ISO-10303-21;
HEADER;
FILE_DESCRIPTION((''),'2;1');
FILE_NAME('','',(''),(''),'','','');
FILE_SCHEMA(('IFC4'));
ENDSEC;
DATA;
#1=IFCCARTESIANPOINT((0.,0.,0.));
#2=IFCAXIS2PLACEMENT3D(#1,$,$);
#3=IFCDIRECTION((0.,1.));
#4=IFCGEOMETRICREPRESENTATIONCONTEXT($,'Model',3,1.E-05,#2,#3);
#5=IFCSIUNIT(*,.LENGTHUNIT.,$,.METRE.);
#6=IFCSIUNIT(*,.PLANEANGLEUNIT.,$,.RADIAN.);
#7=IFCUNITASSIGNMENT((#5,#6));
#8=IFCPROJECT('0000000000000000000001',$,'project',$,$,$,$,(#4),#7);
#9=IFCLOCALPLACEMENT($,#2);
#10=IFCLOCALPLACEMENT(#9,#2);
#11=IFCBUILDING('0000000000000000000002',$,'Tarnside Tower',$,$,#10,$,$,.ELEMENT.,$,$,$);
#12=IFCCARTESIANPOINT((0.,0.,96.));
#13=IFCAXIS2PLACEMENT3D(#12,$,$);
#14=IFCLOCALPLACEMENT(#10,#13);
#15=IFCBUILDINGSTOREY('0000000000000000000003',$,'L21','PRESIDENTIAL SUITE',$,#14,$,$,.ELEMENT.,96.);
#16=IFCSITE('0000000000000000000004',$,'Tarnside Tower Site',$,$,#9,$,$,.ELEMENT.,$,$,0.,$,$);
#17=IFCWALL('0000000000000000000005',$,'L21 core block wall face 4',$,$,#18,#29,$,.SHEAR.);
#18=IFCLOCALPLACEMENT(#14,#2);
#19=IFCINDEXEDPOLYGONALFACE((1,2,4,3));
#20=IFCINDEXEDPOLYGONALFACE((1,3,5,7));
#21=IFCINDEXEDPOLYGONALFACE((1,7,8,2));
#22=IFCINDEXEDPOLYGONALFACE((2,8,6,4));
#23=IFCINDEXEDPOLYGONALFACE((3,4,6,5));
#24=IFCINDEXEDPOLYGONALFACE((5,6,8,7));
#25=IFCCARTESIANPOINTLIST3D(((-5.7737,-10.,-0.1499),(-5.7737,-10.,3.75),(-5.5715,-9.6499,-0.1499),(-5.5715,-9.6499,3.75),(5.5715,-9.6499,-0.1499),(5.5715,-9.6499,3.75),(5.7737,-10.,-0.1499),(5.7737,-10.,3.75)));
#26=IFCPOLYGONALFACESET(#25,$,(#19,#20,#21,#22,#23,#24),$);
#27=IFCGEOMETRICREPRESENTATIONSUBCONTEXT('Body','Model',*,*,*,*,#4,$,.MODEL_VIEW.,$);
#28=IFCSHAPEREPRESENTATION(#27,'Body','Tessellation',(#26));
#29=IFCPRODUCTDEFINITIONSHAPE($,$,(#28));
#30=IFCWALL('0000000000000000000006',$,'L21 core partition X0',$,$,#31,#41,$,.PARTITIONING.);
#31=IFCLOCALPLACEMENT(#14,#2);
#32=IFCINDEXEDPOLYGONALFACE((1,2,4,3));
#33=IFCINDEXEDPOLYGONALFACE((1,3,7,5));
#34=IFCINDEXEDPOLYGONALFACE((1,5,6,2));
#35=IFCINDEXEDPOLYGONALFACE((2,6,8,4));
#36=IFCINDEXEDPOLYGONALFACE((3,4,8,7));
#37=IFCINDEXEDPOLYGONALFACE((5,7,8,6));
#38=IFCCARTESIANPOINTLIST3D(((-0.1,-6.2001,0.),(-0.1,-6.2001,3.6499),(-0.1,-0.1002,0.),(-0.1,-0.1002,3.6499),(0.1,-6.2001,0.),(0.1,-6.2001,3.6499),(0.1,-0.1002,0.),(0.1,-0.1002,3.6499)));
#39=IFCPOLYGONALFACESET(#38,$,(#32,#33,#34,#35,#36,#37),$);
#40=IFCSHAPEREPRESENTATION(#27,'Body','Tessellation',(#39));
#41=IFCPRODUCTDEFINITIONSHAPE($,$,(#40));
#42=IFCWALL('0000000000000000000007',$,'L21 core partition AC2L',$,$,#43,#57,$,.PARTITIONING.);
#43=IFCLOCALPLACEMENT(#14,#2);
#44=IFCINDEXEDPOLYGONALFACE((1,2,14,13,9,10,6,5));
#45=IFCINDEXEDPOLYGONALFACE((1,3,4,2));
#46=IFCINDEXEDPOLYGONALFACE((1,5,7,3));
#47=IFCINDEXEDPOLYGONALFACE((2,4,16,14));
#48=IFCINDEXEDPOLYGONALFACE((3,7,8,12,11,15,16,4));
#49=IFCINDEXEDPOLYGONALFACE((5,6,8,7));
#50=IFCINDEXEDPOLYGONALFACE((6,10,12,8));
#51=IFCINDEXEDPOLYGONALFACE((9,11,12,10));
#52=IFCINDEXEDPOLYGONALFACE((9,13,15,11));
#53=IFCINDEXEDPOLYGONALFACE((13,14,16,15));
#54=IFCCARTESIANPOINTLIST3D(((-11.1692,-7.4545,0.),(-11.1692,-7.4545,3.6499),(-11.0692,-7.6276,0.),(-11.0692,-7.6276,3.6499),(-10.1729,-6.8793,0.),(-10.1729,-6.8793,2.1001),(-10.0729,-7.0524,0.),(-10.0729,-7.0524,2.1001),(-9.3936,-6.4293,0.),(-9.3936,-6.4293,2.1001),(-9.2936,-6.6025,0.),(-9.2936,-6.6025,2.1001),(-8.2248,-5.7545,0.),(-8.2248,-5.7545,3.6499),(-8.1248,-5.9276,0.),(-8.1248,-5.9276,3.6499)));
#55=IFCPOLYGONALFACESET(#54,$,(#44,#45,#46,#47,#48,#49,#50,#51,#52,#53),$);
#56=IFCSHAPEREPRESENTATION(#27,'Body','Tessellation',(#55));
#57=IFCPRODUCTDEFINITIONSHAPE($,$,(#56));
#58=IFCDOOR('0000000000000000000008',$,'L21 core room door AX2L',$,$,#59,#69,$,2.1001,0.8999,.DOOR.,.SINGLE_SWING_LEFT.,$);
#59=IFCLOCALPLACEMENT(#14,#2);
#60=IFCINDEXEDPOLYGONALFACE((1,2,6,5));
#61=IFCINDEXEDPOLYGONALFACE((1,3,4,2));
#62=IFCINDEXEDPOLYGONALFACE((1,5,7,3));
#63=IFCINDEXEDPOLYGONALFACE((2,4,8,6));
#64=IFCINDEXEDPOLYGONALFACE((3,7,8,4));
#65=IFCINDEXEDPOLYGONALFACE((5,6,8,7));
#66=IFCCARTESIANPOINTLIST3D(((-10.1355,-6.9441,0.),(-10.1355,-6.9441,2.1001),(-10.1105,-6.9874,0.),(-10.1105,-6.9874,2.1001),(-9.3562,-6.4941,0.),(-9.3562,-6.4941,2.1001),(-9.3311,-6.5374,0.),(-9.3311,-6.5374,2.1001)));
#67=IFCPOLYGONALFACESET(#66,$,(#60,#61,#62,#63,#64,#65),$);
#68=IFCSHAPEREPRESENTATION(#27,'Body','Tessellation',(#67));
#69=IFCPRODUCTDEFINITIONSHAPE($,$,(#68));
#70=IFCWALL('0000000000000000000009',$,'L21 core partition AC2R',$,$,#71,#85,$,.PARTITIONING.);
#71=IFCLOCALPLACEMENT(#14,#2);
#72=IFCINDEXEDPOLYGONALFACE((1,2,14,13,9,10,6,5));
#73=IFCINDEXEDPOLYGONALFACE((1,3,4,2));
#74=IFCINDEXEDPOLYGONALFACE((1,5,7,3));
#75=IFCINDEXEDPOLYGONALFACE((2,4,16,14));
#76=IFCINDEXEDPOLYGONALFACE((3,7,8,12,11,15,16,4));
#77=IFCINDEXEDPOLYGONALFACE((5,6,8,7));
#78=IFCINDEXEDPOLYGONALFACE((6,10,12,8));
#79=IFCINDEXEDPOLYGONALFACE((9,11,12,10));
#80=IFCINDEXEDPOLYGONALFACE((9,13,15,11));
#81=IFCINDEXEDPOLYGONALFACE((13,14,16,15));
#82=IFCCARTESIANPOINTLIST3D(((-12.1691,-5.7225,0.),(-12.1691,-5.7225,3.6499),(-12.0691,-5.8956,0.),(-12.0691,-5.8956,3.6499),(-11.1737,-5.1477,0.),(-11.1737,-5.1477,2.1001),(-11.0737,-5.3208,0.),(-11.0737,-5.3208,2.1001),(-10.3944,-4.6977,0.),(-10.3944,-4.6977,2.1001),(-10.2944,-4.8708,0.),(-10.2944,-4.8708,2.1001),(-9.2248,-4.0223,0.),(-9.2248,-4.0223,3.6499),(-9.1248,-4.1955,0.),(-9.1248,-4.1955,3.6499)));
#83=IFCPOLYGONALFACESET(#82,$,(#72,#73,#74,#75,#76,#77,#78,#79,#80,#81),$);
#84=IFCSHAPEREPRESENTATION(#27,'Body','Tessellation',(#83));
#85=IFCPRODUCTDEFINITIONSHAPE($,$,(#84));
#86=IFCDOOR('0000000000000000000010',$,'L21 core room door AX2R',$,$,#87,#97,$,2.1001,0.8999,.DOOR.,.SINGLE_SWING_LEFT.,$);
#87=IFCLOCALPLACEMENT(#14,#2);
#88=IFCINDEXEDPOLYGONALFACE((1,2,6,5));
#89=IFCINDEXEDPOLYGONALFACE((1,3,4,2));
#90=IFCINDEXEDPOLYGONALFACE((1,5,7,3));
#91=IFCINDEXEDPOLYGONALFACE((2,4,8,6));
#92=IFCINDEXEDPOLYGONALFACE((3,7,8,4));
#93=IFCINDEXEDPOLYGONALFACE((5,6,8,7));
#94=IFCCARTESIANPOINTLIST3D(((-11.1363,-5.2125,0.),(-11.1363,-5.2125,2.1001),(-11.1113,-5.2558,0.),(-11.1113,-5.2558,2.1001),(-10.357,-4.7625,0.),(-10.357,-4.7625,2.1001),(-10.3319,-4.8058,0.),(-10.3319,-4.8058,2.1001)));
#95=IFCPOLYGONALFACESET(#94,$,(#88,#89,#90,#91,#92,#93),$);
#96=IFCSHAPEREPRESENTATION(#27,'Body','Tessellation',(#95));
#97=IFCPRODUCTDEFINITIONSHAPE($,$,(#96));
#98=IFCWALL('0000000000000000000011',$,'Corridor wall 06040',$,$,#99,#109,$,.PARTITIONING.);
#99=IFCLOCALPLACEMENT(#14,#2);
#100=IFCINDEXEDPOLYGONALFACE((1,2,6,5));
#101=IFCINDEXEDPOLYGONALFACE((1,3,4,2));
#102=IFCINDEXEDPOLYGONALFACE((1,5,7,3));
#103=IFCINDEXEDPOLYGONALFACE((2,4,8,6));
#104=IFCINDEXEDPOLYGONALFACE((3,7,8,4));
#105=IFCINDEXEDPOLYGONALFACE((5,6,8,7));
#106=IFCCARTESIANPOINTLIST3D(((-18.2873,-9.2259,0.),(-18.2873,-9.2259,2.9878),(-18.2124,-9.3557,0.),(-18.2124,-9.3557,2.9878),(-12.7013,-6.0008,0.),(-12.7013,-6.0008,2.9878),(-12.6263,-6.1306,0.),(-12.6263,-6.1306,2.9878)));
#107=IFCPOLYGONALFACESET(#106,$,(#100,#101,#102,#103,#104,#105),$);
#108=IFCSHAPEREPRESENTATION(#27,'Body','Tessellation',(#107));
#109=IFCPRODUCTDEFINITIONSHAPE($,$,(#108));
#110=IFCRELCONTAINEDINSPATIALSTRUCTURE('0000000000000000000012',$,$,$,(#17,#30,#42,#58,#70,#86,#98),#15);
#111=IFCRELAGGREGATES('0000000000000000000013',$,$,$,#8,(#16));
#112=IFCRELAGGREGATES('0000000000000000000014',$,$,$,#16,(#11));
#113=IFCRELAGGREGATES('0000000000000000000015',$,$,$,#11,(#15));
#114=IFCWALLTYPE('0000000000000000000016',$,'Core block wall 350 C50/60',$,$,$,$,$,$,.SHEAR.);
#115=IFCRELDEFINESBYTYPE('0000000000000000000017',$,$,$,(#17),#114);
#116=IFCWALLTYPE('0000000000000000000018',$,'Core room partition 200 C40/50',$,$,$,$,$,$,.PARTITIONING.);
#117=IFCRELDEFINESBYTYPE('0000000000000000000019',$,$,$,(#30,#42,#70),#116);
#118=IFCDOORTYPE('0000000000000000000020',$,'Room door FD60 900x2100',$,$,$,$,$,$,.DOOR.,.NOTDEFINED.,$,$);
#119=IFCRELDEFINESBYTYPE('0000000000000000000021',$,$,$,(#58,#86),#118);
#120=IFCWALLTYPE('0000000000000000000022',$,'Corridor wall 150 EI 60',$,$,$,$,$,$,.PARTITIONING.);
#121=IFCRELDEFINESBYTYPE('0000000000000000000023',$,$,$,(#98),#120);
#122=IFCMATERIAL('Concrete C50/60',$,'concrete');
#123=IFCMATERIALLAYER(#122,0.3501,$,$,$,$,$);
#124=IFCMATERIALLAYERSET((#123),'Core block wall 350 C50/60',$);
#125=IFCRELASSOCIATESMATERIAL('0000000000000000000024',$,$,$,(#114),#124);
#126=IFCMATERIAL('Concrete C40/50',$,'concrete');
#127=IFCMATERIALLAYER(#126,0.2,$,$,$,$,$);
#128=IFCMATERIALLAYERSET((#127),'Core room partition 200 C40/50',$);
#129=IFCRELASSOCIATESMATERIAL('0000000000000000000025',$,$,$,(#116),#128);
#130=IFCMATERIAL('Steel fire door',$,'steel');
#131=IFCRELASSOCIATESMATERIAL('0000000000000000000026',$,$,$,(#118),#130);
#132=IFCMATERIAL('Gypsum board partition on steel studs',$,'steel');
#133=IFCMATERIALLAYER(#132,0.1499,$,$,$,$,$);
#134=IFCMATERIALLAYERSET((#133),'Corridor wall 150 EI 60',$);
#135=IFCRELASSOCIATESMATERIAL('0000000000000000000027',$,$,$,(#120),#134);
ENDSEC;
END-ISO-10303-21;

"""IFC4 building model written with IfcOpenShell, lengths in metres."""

from ifc_helpers import new_model, si_unit, direction, frame, frame_2d, origin, place, context, subcontext, project, spatial, polyline, rectangle, outline, extrude, material, layer, layer_set, type_object, element, fill, save


model = new_model("IFC4")

# Units and contexts
model_context = context("Model", 3, precision=1e-05, world=origin(), true_north=direction((0.0, 1.0)))
body_context = subcontext(model_context, "Body", "Model", "MODEL_VIEW")
ifc_project = project(units=[si_unit("LENGTHUNIT", "METRE"), si_unit("PLANEANGLEUNIT", "RADIAN")], contexts=[model_context])

# Site, building, storey
site_placement = place(None, origin())
site = spatial("IfcSite", under=ifc_project, at=site_placement, Name="Tarnside Tower Site", CompositionType="ELEMENT", RefElevation=0.0)
building_placement = place(site_placement, origin())
building = spatial("IfcBuilding", under=site, at=building_placement, Name="Tarnside Tower", CompositionType="ELEMENT")
storey_placement = place(building_placement, frame((0.0, 0.0, 96.0)))
storey = spatial("IfcBuildingStorey", under=building, at=storey_placement, Name="L21", Description="PRESIDENTIAL SUITE", CompositionType="ELEMENT", Elevation=96.0)

# Walls
ifc_material_1 = material(Name="Concrete C50/60", Category="concrete")
ifc_layer_1 = layer(ifc_material_1, 0.3501)
ifc_layer_set_1 = layer_set([ifc_layer_1], Name="Core block wall 350 C50/60")
wall_type_1 = type_object("IfcWallType", Name="Core block wall 350 C50/60", PredefinedType="SHEAR", material=ifc_layer_set_1)
wall_1_placement = place(storey_placement, frame((-5.6726, -9.825, -0.1499), z_axis=(0.0, 0.0, 1.0), x_axis=(1.0, 0.0, 0.0)))
element("IfcWall", 1, at=wall_1_placement, inside=storey, type_object=wall_type_1, Name="L21 core block wall face 4", PredefinedType="SHEAR", context=body_context, shape_type="SweptSolid", body=[
    extrude(outline(polyline([(-0.1011, -0.175), (11.4463, -0.175), (11.2441, 0.175), (0.1011, 0.175), (-0.1011, -0.175)])), origin(), (0.0, 0.0, 1.0), 3.8999),
])
ifc_material_2 = material(Name="Concrete C40/50", Category="concrete")
ifc_layer_2 = layer(ifc_material_2, 0.2)
ifc_layer_set_2 = layer_set([ifc_layer_2], Name="Core room partition 200 C40/50")
wall_type_2 = type_object("IfcWallType", Name="Core room partition 200 C40/50", PredefinedType="PARTITIONING", material=ifc_layer_set_2)
wall_2_placement = place(storey_placement, frame((0.0, -6.2, 0.0), z_axis=(0.0, 0.0, 1.0), x_axis=(0.0, 1.0, 0.0)))
element("IfcWall", 2, at=wall_2_placement, inside=storey, type_object=wall_type_2, Name="L21 core partition X0", PredefinedType="PARTITIONING", context=body_context, shape_type="SweptSolid", body=[
    extrude(rectangle(XDim=6.0999, YDim=0.2, at=frame_2d((3.0498, 0.0))), origin(), (0.0, 0.0, 1.0), 3.6499),
])

# Walls, openings, doors
wall_3_placement = place(storey_placement, frame((-8.1748, -5.8411, 0.0), z_axis=(0.0, 0.0, 1.0), x_axis=(-0.866021, -0.500008, 0.0)))
wall_3 = element("IfcWall", 3, at=wall_3_placement, inside=storey, type_object=wall_type_2, Name="L21 core partition AC2L", PredefinedType="PARTITIONING", context=body_context, shape_type="SweptSolid", body=[
    extrude(rectangle(XDim=3.3999, YDim=0.2, at=frame_2d((1.7, 0.0))), origin(), (0.0, 0.0, 1.0), 3.6499),
])
opening_1_placement = place(wall_3_placement, frame((1.3496, 0.0, 0.0)))
opening_1 = element("IfcOpeningElement", 4, at=opening_1_placement, cuts=wall_3, PredefinedType="OPENING", context=body_context, shape_type="SweptSolid", body=[
    extrude(rectangle(XDim=0.8999, YDim=2.1001, at=frame_2d((0.45, 1.05))), frame((0.0, 0.1099, 0.0), z_axis=(0.0, -1.0, 0.0), x_axis=(1.0, 0.0, 0.0)), (0.0, 0.0, 1.0), 0.22),
])
ifc_material_3 = material(Name="Steel fire door", Category="steel")
door_type_1 = type_object("IfcDoorType", Name="Room door FD60 900x2100", OperationType="NOTDEFINED", PredefinedType="DOOR", material=ifc_material_3)
door_1_placement = place(opening_1_placement, origin())
door_1 = element("IfcDoor", 5, at=door_1_placement, inside=storey, type_object=door_type_1, Name="L21 core room door AX2L", OperationType="SINGLE_SWING_LEFT", OverallHeight=2.1001, OverallWidth=0.8999, PredefinedType="DOOR", context=body_context, shape_type="SweptSolid", body=[
    extrude(rectangle(XDim=0.8999, YDim=2.1001, at=frame_2d((0.45, 1.05))), frame((0.0, 0.0249, 0.0), z_axis=(0.0, -1.0, 0.0), x_axis=(1.0, 0.0, 0.0)), (0.0, 0.0, 1.0), 0.05),
])
fill(opening_1, door_1)
wall_4_placement = place(storey_placement, frame((-9.1748, -4.1089, 0.0), z_axis=(0.0, 0.0, 1.0), x_axis=(-0.865989, -0.500062, 0.0)))
wall_4 = element("IfcWall", 6, at=wall_4_placement, inside=storey, type_object=wall_type_2, Name="L21 core partition AC2R", PredefinedType="PARTITIONING", context=body_context, shape_type="SweptSolid", body=[
    extrude(rectangle(XDim=3.3999, YDim=0.2, at=frame_2d((1.7, 0.0))), origin(), (0.0, 0.0, 1.0), 3.6499),
])
opening_2_placement = place(wall_4_placement, frame((1.3506, 0.0, 0.0)))
opening_2 = element("IfcOpeningElement", 7, at=opening_2_placement, cuts=wall_4, PredefinedType="OPENING", context=body_context, shape_type="SweptSolid", body=[
    extrude(rectangle(XDim=0.8999, YDim=2.1001, at=frame_2d((0.45, 1.05))), frame((0.0, 0.1099, 0.0), z_axis=(0.0, -1.0, 0.0), x_axis=(1.0, 0.0, 0.0)), (0.0, 0.0, 1.0), 0.22),
])
door_2_placement = place(opening_2_placement, origin())
door_2 = element("IfcDoor", 8, at=door_2_placement, inside=storey, type_object=door_type_1, Name="L21 core room door AX2R", OperationType="SINGLE_SWING_LEFT", OverallHeight=2.1001, OverallWidth=0.8999, PredefinedType="DOOR", context=body_context, shape_type="SweptSolid", body=[
    extrude(rectangle(XDim=0.8999, YDim=2.1001, at=frame_2d((0.45, 1.05))), frame((0.0, 0.0249, 0.0), z_axis=(0.0, -1.0, 0.0), x_axis=(1.0, 0.0, 0.0)), (0.0, 0.0, 1.0), 0.05),
])
fill(opening_2, door_2)

# Wall
ifc_material_4 = material(Name="Gypsum board partition on steel studs", Category="steel")
ifc_layer_3 = layer(ifc_material_4, 0.1499)
ifc_layer_set_3 = layer_set([ifc_layer_3], Name="Corridor wall 150 EI 60")
wall_type_3 = type_object("IfcWallType", Name="Corridor wall 150 EI 60", PredefinedType="PARTITIONING", material=ifc_layer_set_3)
wall_5_placement = place(storey_placement, frame((-12.6638, -6.0657, 0.0), z_axis=(0.0, 0.0, 1.0), x_axis=(-0.866022, -0.500006, 0.0)))
element("IfcWall", 9, at=wall_5_placement, inside=storey, type_object=wall_type_3, Name="Corridor wall 06040", PredefinedType="PARTITIONING", context=body_context, shape_type="SweptSolid", body=[
    extrude(rectangle(XDim=6.4502, YDim=0.1499, at=frame_2d((3.2251, 0.0))), origin(), (0.0, 0.0, 1.0), 2.9878),
])

save(model, "model.ifc")
